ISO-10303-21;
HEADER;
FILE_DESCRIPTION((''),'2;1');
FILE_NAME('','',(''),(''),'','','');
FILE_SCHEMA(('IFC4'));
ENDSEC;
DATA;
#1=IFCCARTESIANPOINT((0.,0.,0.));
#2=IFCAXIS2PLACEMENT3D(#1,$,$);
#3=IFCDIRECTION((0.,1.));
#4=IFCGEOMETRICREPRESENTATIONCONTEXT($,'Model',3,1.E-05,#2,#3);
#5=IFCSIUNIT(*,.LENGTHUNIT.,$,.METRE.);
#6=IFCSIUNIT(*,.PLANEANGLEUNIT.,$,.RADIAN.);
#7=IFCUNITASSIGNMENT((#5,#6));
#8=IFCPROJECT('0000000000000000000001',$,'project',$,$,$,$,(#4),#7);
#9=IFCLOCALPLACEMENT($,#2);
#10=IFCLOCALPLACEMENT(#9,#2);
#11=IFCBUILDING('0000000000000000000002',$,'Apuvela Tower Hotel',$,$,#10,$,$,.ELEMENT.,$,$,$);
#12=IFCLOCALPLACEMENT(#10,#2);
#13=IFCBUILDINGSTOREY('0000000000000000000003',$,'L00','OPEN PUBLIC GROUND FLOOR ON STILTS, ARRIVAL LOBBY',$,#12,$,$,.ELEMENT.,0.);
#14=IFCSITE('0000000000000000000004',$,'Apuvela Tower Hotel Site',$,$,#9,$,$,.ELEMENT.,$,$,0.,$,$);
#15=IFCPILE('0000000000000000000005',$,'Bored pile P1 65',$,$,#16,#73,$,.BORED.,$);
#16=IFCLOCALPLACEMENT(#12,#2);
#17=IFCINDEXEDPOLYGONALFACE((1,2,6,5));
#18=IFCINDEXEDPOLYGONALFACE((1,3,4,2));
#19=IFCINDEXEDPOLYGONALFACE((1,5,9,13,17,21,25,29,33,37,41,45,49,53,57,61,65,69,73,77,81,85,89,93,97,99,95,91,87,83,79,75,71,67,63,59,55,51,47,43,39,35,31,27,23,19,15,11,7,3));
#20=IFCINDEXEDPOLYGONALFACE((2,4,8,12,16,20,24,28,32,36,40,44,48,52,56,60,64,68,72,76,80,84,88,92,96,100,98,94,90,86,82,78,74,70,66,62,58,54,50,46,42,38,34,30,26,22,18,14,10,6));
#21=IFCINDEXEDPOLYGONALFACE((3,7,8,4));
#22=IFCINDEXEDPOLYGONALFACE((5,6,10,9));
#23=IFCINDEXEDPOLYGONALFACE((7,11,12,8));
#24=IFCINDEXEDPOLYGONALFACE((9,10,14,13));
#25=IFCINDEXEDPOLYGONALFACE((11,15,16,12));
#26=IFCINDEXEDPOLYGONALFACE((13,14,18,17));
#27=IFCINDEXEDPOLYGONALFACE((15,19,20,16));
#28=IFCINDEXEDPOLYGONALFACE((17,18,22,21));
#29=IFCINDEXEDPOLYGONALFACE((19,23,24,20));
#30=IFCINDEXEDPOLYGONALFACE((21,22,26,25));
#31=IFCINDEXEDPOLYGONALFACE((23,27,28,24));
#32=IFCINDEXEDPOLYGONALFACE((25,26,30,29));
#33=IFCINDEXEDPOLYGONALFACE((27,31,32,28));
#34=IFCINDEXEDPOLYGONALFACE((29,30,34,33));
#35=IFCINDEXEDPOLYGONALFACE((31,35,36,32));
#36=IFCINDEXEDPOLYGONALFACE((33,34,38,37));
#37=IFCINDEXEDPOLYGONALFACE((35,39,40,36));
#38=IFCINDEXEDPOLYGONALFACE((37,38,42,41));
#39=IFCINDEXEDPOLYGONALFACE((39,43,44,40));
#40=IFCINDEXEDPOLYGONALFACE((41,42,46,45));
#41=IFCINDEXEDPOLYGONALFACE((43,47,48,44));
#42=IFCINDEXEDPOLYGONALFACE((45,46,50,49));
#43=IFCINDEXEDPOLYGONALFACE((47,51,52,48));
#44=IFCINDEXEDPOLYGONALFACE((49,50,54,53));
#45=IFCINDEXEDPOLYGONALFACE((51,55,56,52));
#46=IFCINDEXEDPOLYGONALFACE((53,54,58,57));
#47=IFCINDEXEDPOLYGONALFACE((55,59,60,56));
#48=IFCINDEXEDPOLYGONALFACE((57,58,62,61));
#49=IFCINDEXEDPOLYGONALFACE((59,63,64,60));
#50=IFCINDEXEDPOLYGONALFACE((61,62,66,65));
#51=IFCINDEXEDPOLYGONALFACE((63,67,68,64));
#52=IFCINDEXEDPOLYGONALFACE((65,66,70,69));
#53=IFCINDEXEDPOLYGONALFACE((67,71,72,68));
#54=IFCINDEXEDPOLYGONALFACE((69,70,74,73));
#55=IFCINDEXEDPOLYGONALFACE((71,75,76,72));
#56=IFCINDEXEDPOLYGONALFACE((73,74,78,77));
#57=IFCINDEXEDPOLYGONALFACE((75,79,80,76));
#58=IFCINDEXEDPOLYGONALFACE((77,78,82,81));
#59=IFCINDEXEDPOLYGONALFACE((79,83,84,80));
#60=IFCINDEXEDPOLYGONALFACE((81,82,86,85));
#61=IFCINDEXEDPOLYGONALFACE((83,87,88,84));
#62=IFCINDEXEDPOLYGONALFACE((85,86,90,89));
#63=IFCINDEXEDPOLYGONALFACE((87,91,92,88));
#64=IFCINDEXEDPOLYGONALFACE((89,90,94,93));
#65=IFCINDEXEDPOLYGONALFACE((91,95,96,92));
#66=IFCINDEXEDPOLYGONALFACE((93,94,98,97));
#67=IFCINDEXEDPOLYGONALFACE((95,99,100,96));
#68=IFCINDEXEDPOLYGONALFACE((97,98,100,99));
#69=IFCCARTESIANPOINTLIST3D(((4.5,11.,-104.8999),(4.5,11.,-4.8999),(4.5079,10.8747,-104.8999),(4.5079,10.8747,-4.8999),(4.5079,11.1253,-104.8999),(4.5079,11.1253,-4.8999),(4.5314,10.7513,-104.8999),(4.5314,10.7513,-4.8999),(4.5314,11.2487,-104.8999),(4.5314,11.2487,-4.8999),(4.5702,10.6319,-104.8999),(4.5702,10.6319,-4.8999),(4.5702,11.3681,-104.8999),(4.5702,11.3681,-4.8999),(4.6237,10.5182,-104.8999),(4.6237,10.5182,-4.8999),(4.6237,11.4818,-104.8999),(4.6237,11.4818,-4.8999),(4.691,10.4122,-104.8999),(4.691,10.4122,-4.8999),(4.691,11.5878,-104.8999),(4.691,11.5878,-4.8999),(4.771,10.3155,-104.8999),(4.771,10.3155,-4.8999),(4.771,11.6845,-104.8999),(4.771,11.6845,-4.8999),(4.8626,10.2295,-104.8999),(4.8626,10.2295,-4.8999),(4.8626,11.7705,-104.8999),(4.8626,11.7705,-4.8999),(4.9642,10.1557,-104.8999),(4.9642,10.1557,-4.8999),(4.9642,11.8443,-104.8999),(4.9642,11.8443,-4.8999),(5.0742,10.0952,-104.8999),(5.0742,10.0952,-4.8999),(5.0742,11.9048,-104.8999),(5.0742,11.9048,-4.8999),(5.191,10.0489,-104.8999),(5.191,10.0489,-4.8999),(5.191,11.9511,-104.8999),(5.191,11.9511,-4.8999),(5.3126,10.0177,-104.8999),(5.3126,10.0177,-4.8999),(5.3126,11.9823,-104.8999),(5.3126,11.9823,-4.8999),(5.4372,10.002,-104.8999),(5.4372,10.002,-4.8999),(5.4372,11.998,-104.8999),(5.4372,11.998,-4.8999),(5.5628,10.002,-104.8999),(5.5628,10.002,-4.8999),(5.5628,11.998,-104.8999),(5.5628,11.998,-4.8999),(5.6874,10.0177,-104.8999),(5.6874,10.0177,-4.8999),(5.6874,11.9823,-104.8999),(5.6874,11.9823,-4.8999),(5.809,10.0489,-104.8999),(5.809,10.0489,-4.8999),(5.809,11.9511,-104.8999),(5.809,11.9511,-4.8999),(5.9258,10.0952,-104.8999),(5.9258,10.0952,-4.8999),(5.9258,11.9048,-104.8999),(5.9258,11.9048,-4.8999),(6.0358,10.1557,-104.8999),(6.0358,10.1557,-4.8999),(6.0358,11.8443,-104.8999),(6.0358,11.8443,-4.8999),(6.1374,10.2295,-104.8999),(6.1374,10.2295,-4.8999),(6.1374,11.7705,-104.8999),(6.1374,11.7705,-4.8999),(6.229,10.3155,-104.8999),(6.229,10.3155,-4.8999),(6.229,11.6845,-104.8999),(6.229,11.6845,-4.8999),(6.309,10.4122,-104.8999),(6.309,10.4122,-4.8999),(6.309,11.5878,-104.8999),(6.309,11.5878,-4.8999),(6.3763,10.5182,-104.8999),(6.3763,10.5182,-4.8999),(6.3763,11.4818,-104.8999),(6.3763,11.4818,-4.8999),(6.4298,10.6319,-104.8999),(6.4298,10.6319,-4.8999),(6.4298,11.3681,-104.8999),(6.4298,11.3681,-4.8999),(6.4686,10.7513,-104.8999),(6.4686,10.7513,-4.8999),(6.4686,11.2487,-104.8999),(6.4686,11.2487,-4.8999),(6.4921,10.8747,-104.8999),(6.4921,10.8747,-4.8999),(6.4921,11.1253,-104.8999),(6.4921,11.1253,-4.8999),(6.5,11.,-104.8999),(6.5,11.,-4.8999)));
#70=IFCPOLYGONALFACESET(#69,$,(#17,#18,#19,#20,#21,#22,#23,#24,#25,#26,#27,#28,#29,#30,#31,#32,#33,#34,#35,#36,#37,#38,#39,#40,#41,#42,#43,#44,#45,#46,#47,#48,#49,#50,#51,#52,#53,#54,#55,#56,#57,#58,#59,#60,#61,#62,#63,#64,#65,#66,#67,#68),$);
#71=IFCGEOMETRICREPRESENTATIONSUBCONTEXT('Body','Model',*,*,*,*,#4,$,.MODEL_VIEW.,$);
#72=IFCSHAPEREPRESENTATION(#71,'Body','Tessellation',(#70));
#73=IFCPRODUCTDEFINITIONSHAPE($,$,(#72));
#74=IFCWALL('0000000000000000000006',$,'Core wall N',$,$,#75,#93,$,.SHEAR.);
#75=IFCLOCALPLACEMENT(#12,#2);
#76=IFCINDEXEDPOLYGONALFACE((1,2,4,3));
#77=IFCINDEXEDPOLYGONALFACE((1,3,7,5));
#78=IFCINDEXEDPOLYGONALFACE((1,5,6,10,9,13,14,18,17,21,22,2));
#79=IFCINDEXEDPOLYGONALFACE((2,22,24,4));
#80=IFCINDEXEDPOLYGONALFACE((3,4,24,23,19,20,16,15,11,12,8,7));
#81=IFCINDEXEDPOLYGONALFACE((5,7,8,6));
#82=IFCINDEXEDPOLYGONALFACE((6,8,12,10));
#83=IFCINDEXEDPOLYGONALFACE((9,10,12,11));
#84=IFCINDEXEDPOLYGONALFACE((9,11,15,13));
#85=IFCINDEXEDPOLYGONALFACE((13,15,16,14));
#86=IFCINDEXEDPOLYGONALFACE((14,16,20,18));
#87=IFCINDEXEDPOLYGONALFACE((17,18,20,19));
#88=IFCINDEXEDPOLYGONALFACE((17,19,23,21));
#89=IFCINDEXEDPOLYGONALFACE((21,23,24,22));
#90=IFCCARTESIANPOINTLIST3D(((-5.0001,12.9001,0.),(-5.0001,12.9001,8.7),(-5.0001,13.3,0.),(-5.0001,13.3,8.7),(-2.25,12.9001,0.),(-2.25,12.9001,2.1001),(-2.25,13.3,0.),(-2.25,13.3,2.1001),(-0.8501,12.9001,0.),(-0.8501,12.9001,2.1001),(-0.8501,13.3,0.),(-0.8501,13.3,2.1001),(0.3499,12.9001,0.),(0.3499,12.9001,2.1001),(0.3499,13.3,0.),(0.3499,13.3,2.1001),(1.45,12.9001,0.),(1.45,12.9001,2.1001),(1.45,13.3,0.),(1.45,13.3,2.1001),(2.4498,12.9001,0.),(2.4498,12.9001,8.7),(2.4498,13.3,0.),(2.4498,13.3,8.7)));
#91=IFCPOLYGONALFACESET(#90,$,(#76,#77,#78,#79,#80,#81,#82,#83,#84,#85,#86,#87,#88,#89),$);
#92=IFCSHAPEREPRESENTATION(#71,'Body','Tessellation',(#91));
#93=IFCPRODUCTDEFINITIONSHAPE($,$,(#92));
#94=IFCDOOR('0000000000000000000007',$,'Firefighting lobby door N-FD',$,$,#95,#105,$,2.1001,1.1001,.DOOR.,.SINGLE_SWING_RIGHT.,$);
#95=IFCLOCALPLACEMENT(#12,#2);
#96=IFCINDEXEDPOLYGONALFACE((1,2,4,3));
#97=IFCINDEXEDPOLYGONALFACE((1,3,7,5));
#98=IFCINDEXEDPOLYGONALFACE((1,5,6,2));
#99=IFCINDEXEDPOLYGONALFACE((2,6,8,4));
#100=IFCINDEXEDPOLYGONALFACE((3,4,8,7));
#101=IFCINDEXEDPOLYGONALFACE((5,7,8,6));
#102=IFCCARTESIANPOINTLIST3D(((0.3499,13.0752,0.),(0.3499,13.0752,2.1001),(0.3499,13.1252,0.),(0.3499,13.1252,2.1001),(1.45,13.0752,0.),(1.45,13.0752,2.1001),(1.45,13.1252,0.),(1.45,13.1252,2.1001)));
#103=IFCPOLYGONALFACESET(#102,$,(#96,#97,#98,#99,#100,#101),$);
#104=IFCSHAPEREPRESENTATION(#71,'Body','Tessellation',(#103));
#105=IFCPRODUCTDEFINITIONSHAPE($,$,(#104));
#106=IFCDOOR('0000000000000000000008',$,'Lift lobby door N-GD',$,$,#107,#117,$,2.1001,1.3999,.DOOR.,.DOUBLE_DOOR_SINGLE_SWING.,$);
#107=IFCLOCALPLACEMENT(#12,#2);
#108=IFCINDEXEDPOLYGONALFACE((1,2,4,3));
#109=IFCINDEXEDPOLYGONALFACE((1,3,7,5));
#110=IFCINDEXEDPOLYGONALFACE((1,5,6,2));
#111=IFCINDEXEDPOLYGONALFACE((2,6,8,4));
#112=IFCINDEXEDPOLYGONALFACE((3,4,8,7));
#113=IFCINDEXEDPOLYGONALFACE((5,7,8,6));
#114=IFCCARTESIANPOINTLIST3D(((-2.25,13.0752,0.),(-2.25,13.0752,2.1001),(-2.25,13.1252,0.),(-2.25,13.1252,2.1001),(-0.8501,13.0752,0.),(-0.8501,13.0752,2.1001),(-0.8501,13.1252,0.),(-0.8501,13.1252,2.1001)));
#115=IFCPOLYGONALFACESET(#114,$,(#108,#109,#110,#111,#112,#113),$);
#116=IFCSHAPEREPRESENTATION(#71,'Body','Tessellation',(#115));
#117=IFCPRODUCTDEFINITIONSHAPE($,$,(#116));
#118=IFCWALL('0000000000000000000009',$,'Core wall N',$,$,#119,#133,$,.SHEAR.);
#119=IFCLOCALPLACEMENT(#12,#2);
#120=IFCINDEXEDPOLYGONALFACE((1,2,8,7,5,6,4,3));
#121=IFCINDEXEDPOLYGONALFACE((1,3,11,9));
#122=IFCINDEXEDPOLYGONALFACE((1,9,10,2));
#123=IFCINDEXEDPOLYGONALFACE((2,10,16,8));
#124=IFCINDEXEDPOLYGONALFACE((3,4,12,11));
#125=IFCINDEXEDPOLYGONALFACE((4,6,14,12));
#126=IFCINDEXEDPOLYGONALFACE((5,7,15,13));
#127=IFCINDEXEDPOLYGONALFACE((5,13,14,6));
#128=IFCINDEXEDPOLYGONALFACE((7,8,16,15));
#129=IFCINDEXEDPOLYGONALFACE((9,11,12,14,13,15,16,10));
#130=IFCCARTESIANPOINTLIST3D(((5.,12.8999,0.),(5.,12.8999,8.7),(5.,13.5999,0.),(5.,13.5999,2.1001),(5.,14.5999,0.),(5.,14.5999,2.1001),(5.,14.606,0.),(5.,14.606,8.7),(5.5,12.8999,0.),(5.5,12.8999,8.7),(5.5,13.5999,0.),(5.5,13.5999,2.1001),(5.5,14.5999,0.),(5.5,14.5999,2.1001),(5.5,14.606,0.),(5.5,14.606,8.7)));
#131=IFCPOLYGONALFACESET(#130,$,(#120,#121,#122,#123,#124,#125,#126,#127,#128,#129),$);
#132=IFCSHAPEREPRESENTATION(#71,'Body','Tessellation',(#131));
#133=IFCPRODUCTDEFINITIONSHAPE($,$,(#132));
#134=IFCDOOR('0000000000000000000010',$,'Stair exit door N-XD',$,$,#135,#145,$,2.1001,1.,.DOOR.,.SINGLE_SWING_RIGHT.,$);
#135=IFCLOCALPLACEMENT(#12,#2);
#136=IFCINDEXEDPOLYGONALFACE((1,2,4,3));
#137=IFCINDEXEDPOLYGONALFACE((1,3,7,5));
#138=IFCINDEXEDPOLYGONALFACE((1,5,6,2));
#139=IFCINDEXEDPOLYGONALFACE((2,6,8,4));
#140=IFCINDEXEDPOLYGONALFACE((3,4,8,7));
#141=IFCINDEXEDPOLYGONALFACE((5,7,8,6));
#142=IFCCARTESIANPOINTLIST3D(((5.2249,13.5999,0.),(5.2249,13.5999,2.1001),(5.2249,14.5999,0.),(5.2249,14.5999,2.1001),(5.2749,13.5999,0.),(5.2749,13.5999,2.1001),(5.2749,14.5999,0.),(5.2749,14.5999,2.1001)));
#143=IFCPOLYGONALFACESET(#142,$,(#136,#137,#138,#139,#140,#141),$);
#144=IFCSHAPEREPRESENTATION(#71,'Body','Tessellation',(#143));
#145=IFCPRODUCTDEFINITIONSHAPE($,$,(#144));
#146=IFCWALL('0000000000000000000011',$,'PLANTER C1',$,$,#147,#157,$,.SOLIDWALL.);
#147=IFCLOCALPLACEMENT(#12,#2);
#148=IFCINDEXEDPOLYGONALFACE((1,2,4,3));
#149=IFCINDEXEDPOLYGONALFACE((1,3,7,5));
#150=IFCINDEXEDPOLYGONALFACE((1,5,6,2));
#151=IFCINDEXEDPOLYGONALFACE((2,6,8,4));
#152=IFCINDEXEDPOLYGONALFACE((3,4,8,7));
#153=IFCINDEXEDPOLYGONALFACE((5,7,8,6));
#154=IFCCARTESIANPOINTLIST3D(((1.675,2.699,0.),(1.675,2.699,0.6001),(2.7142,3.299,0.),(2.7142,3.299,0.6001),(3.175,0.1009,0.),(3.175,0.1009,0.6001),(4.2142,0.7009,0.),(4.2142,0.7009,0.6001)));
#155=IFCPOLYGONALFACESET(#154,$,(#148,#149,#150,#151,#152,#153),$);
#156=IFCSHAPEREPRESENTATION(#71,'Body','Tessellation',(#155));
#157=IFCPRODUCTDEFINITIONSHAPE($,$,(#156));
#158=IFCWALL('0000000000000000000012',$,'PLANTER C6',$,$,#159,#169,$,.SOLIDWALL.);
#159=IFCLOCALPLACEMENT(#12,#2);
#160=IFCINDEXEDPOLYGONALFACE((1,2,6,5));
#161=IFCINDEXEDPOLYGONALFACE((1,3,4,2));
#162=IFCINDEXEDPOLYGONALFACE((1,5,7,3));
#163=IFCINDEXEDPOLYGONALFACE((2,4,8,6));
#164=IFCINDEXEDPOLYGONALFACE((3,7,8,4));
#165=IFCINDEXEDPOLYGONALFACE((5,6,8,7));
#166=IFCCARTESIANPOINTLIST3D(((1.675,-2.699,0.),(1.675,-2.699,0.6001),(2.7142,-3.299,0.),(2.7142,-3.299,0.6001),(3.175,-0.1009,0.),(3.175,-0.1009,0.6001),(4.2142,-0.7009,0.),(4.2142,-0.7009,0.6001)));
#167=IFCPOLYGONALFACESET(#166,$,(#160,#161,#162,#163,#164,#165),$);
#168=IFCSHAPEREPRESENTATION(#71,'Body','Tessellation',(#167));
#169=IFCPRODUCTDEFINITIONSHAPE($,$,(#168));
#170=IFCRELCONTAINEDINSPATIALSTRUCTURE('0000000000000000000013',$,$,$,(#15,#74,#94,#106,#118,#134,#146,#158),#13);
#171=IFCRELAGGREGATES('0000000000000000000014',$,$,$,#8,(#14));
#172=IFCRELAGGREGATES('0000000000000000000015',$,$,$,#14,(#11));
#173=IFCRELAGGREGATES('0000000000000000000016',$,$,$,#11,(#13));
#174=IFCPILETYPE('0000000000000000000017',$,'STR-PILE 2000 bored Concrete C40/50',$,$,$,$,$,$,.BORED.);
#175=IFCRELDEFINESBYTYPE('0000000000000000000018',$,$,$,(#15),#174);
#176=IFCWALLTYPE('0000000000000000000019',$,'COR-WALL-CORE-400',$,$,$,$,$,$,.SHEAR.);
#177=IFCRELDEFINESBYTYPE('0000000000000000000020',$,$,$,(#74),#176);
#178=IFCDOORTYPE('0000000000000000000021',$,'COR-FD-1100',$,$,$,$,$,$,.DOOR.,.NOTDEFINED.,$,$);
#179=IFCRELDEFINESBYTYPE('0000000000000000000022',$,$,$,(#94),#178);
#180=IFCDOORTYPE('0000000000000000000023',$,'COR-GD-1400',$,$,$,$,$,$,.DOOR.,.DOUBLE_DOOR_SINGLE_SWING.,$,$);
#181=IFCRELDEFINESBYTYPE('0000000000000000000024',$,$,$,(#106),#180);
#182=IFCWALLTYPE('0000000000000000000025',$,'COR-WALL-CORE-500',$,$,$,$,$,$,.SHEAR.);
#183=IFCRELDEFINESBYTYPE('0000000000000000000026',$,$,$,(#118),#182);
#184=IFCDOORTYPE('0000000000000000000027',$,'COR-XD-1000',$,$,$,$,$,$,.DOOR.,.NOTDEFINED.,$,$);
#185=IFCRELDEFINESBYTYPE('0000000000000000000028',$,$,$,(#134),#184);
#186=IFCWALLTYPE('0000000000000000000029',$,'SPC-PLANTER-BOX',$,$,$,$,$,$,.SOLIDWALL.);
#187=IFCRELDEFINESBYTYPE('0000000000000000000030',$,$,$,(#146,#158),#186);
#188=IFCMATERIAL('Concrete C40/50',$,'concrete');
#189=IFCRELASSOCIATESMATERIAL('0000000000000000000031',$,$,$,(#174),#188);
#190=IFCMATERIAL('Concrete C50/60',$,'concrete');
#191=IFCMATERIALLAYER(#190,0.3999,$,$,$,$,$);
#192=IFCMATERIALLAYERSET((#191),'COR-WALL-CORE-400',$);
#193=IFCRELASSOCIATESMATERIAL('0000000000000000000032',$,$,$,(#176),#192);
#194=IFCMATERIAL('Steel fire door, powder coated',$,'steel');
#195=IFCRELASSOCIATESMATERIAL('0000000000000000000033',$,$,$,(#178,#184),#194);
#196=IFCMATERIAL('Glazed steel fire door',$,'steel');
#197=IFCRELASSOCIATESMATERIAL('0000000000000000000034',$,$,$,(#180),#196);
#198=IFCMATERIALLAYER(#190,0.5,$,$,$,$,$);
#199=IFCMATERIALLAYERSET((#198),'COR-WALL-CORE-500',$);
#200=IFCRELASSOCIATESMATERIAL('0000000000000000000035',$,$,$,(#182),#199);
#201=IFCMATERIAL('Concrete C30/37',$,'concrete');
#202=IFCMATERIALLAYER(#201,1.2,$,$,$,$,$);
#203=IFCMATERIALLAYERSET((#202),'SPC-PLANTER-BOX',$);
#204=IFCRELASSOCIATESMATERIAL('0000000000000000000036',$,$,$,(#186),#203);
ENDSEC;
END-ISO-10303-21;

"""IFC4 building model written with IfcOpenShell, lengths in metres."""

from ifc_helpers import new_model, si_unit, direction, frame, frame_2d, origin, origin_2d, place, context, subcontext, project, spatial, rectangle, circle, extrude, material, layer, layer_set, material_profile, profile_set, type_object, element, fill, save


model = new_model("IFC4")

# Units and contexts
model_context = context("Model", 3, precision=1e-05, world=origin(), true_north=direction((0.0, 1.0)))
body_context = subcontext(model_context, "Body", "Model", "MODEL_VIEW")
ifc_project = project(units=[si_unit("LENGTHUNIT", "METRE"), si_unit("PLANEANGLEUNIT", "RADIAN")], contexts=[model_context])

# Site, building, storey
site_placement = place(None, origin())
site = spatial("IfcSite", under=ifc_project, at=site_placement, Name="Apuvela Tower Hotel Site", CompositionType="ELEMENT", RefElevation=0.0)
building_placement = place(site_placement, origin())
building = spatial("IfcBuilding", under=site, at=building_placement, Name="Apuvela Tower Hotel", CompositionType="ELEMENT")
storey_placement = place(building_placement, origin())
storey = spatial("IfcBuildingStorey", under=building, at=storey_placement, Name="L00", Description="OPEN PUBLIC GROUND FLOOR ON STILTS, ARRIVAL LOBBY", CompositionType="ELEMENT", Elevation=0.0)

# Pile
ifc_material_1 = material(Name="Concrete C40/50", Category="concrete")
ifc_material_profile = material_profile(ifc_material_1, circle(Radius=1.0, at=origin_2d()), Name="PILE 2000")
ifc_profile_set = profile_set([ifc_material_profile], Name="Concrete C40/50")
pile_type = type_object("IfcPileType", Name="STR-PILE 2000 bored Concrete C40/50", PredefinedType="BORED", material=ifc_profile_set)
for number, where, z_axis, x_axis, name in (
    (1, (5.5, 11.0, -4.8999), (0.0, 0.0, -1.0), (1.0, 0.0, 0.0), "Bored pile P1 65"),
):
    element("IfcPile", number, at=place(storey_placement, frame(where, z_axis=z_axis, x_axis=x_axis)), inside=storey, type_object=pile_type, Name=name, PredefinedType="BORED", context=body_context, shape_type="SweptSolid", body=[
        extrude(circle(Radius=1.0, at=origin_2d()), origin(), (0.0, 0.0, 1.0), 100.0),
    ])

# Wall, openings, doors
ifc_material_2 = material(Name="Concrete C50/60", Category="concrete")
ifc_layer_1 = layer(ifc_material_2, 0.3999)
ifc_layer_set_1 = layer_set([ifc_layer_1], Name="COR-WALL-CORE-400")
wall_type_1 = type_object("IfcWallType", Name="COR-WALL-CORE-400", PredefinedType="SHEAR", material=ifc_layer_set_1)
wall_1_placement = place(storey_placement, frame((2.45, 13.1001, 0.0), z_axis=(0.0, 0.0, 1.0), x_axis=(-1.0, 0.0, 0.0)))
wall_1 = element("IfcWall", 2, at=wall_1_placement, inside=storey, type_object=wall_type_1, Name="Core wall N", PredefinedType="SHEAR", context=body_context, shape_type="SweptSolid", body=[
    extrude(rectangle(XDim=7.45, YDim=0.3999, at=frame_2d((3.7251, 0.0))), origin(), (0.0, 0.0, 1.0), 8.7),
])
opening_1_placement = place(wall_1_placement, frame((1.0, 0.0, 0.0)))
opening_1 = element("IfcOpeningElement", 3, at=opening_1_placement, cuts=wall_1, PredefinedType="OPENING", context=body_context, shape_type="SweptSolid", body=[
    extrude(rectangle(XDim=1.1001, YDim=2.1001, at=frame_2d((0.55, 1.05))), frame((0.0, 0.21, 0.0), z_axis=(0.0, -1.0, 0.0), x_axis=(1.0, 0.0, 0.0)), (0.0, 0.0, 1.0), 0.4199),
])
opening_2_placement = place(wall_1_placement, frame((3.3, 0.0, 0.0)))
opening_2 = element("IfcOpeningElement", 4, at=opening_2_placement, cuts=wall_1, PredefinedType="OPENING", context=body_context, shape_type="SweptSolid", body=[
    extrude(rectangle(XDim=1.3999, YDim=2.1001, at=frame_2d((0.7, 1.05))), frame((0.0, 0.21, 0.0), z_axis=(0.0, -1.0, 0.0), x_axis=(1.0, 0.0, 0.0)), (0.0, 0.0, 1.0), 0.4199),
])
ifc_material_3 = material(Name="Steel fire door, powder coated", Category="steel")
door_type_1 = type_object("IfcDoorType", Name="COR-FD-1100", OperationType="NOTDEFINED", PredefinedType="DOOR", material=ifc_material_3)
door_1_placement = place(opening_1_placement, origin())
door_1 = element("IfcDoor", 5, at=door_1_placement, inside=storey, type_object=door_type_1, Name="Firefighting lobby door N-FD", OperationType="SINGLE_SWING_RIGHT", OverallHeight=2.1001, OverallWidth=1.1001, PredefinedType="DOOR", context=body_context, shape_type="SweptSolid", body=[
    extrude(rectangle(XDim=1.1001, YDim=2.1001, at=frame_2d((0.55, 1.05))), frame((0.0, 0.0249, 0.0), z_axis=(0.0, -1.0, 0.0), x_axis=(1.0, 0.0, 0.0)), (0.0, 0.0, 1.0), 0.05),
])
fill(opening_1, door_1)
ifc_material_4 = material(Name="Glazed steel fire door", Category="steel")
door_type_2 = type_object("IfcDoorType", Name="COR-GD-1400", OperationType="DOUBLE_DOOR_SINGLE_SWING", PredefinedType="DOOR", material=ifc_material_4)
door_2_placement = place(opening_2_placement, origin())
door_2 = element("IfcDoor", 6, at=door_2_placement, inside=storey, type_object=door_type_2, Name="Lift lobby door N-GD", OperationType="DOUBLE_DOOR_SINGLE_SWING", OverallHeight=2.1001, OverallWidth=1.3999, PredefinedType="DOOR", context=body_context, shape_type="SweptSolid", body=[
    extrude(rectangle(XDim=1.3999, YDim=2.1001, at=frame_2d((0.7, 1.05))), frame((0.0, 0.0249, 0.0), z_axis=(0.0, -1.0, 0.0), x_axis=(1.0, 0.0, 0.0)), (0.0, 0.0, 1.0), 0.05),
])
fill(opening_2, door_2)

# Wall, opening, door
ifc_layer_2 = layer(ifc_material_2, 0.5)
ifc_layer_set_2 = layer_set([ifc_layer_2], Name="COR-WALL-CORE-500")
wall_type_2 = type_object("IfcWallType", Name="COR-WALL-CORE-500", PredefinedType="SHEAR", material=ifc_layer_set_2)
wall_2_placement = place(storey_placement, frame((5.25, 12.8999, 0.0), z_axis=(0.0, 0.0, 1.0), x_axis=(0.0, 1.0, 0.0)))
wall_2 = element("IfcWall", 7, at=wall_2_placement, inside=storey, type_object=wall_type_2, Name="Core wall N", PredefinedType="SHEAR", context=body_context, shape_type="SweptSolid", body=[
    extrude(rectangle(XDim=1.7061, YDim=0.5, at=frame_2d((0.853, 0.0))), origin(), (0.0, 0.0, 1.0), 8.7),
])
opening_3_placement = place(wall_2_placement, frame((0.7, 0.0, 0.0)))
opening_3 = element("IfcOpeningElement", 8, at=opening_3_placement, cuts=wall_2, PredefinedType="OPENING", context=body_context, shape_type="SweptSolid", body=[
    extrude(rectangle(XDim=1.0, YDim=2.1001, at=frame_2d((0.5, 1.05))), frame((0.0, 0.26, 0.0), z_axis=(0.0, -1.0, 0.0), x_axis=(1.0, 0.0, 0.0)), (0.0, 0.0, 1.0), 0.52),
])
door_type_3 = type_object("IfcDoorType", Name="COR-XD-1000", OperationType="NOTDEFINED", PredefinedType="DOOR", material=ifc_material_3)
door_3_placement = place(opening_3_placement, frame((1.0, 0.0, 0.0), z_axis=(0.0, 0.0, 1.0), x_axis=(-1.0, 0.0, 0.0)))
door_3 = element("IfcDoor", 9, at=door_3_placement, inside=storey, type_object=door_type_3, Name="Stair exit door N-XD", OperationType="SINGLE_SWING_RIGHT", OverallHeight=2.1001, OverallWidth=1.0, PredefinedType="DOOR", context=body_context, shape_type="SweptSolid", body=[
    extrude(rectangle(XDim=1.0, YDim=2.1001, at=frame_2d((0.5, 1.05))), frame((0.0, 0.0249, 0.0), z_axis=(0.0, -1.0, 0.0), x_axis=(1.0, 0.0, 0.0)), (0.0, 0.0, 1.0), 0.05),
])
fill(opening_3, door_3)

# Walls
ifc_material_5 = material(Name="Concrete C30/37", Category="concrete")
ifc_layer_3 = layer(ifc_material_5, 1.2)
ifc_layer_set_3 = layer_set([ifc_layer_3], Name="SPC-PLANTER-BOX")
wall_type_3 = type_object("IfcWallType", Name="SPC-PLANTER-BOX", PredefinedType="SOLIDWALL", material=ifc_layer_set_3)
for number, where, z_axis, x_axis, name in (
    (10, (2.9446, 1.7, 0.0), (0.0, 0.0, 1.0), (-0.5, 0.866025, 0.0), "PLANTER C1"),
    (11, (2.9446, -1.7, 0.0), (0.0, 0.0, 1.0), (0.5, 0.866025, 0.0), "PLANTER C6"),
):
    element("IfcWall", number, at=place(storey_placement, frame(where, z_axis=z_axis, x_axis=x_axis)), inside=storey, type_object=wall_type_3, Name=name, PredefinedType="SOLIDWALL", context=body_context, shape_type="SweptSolid", body=[
        extrude(rectangle(XDim=3.0, YDim=1.2, at=origin_2d()), origin(), (0.0, 0.0, 1.0), 0.6001),
    ])

save(model, "model.ifc")
